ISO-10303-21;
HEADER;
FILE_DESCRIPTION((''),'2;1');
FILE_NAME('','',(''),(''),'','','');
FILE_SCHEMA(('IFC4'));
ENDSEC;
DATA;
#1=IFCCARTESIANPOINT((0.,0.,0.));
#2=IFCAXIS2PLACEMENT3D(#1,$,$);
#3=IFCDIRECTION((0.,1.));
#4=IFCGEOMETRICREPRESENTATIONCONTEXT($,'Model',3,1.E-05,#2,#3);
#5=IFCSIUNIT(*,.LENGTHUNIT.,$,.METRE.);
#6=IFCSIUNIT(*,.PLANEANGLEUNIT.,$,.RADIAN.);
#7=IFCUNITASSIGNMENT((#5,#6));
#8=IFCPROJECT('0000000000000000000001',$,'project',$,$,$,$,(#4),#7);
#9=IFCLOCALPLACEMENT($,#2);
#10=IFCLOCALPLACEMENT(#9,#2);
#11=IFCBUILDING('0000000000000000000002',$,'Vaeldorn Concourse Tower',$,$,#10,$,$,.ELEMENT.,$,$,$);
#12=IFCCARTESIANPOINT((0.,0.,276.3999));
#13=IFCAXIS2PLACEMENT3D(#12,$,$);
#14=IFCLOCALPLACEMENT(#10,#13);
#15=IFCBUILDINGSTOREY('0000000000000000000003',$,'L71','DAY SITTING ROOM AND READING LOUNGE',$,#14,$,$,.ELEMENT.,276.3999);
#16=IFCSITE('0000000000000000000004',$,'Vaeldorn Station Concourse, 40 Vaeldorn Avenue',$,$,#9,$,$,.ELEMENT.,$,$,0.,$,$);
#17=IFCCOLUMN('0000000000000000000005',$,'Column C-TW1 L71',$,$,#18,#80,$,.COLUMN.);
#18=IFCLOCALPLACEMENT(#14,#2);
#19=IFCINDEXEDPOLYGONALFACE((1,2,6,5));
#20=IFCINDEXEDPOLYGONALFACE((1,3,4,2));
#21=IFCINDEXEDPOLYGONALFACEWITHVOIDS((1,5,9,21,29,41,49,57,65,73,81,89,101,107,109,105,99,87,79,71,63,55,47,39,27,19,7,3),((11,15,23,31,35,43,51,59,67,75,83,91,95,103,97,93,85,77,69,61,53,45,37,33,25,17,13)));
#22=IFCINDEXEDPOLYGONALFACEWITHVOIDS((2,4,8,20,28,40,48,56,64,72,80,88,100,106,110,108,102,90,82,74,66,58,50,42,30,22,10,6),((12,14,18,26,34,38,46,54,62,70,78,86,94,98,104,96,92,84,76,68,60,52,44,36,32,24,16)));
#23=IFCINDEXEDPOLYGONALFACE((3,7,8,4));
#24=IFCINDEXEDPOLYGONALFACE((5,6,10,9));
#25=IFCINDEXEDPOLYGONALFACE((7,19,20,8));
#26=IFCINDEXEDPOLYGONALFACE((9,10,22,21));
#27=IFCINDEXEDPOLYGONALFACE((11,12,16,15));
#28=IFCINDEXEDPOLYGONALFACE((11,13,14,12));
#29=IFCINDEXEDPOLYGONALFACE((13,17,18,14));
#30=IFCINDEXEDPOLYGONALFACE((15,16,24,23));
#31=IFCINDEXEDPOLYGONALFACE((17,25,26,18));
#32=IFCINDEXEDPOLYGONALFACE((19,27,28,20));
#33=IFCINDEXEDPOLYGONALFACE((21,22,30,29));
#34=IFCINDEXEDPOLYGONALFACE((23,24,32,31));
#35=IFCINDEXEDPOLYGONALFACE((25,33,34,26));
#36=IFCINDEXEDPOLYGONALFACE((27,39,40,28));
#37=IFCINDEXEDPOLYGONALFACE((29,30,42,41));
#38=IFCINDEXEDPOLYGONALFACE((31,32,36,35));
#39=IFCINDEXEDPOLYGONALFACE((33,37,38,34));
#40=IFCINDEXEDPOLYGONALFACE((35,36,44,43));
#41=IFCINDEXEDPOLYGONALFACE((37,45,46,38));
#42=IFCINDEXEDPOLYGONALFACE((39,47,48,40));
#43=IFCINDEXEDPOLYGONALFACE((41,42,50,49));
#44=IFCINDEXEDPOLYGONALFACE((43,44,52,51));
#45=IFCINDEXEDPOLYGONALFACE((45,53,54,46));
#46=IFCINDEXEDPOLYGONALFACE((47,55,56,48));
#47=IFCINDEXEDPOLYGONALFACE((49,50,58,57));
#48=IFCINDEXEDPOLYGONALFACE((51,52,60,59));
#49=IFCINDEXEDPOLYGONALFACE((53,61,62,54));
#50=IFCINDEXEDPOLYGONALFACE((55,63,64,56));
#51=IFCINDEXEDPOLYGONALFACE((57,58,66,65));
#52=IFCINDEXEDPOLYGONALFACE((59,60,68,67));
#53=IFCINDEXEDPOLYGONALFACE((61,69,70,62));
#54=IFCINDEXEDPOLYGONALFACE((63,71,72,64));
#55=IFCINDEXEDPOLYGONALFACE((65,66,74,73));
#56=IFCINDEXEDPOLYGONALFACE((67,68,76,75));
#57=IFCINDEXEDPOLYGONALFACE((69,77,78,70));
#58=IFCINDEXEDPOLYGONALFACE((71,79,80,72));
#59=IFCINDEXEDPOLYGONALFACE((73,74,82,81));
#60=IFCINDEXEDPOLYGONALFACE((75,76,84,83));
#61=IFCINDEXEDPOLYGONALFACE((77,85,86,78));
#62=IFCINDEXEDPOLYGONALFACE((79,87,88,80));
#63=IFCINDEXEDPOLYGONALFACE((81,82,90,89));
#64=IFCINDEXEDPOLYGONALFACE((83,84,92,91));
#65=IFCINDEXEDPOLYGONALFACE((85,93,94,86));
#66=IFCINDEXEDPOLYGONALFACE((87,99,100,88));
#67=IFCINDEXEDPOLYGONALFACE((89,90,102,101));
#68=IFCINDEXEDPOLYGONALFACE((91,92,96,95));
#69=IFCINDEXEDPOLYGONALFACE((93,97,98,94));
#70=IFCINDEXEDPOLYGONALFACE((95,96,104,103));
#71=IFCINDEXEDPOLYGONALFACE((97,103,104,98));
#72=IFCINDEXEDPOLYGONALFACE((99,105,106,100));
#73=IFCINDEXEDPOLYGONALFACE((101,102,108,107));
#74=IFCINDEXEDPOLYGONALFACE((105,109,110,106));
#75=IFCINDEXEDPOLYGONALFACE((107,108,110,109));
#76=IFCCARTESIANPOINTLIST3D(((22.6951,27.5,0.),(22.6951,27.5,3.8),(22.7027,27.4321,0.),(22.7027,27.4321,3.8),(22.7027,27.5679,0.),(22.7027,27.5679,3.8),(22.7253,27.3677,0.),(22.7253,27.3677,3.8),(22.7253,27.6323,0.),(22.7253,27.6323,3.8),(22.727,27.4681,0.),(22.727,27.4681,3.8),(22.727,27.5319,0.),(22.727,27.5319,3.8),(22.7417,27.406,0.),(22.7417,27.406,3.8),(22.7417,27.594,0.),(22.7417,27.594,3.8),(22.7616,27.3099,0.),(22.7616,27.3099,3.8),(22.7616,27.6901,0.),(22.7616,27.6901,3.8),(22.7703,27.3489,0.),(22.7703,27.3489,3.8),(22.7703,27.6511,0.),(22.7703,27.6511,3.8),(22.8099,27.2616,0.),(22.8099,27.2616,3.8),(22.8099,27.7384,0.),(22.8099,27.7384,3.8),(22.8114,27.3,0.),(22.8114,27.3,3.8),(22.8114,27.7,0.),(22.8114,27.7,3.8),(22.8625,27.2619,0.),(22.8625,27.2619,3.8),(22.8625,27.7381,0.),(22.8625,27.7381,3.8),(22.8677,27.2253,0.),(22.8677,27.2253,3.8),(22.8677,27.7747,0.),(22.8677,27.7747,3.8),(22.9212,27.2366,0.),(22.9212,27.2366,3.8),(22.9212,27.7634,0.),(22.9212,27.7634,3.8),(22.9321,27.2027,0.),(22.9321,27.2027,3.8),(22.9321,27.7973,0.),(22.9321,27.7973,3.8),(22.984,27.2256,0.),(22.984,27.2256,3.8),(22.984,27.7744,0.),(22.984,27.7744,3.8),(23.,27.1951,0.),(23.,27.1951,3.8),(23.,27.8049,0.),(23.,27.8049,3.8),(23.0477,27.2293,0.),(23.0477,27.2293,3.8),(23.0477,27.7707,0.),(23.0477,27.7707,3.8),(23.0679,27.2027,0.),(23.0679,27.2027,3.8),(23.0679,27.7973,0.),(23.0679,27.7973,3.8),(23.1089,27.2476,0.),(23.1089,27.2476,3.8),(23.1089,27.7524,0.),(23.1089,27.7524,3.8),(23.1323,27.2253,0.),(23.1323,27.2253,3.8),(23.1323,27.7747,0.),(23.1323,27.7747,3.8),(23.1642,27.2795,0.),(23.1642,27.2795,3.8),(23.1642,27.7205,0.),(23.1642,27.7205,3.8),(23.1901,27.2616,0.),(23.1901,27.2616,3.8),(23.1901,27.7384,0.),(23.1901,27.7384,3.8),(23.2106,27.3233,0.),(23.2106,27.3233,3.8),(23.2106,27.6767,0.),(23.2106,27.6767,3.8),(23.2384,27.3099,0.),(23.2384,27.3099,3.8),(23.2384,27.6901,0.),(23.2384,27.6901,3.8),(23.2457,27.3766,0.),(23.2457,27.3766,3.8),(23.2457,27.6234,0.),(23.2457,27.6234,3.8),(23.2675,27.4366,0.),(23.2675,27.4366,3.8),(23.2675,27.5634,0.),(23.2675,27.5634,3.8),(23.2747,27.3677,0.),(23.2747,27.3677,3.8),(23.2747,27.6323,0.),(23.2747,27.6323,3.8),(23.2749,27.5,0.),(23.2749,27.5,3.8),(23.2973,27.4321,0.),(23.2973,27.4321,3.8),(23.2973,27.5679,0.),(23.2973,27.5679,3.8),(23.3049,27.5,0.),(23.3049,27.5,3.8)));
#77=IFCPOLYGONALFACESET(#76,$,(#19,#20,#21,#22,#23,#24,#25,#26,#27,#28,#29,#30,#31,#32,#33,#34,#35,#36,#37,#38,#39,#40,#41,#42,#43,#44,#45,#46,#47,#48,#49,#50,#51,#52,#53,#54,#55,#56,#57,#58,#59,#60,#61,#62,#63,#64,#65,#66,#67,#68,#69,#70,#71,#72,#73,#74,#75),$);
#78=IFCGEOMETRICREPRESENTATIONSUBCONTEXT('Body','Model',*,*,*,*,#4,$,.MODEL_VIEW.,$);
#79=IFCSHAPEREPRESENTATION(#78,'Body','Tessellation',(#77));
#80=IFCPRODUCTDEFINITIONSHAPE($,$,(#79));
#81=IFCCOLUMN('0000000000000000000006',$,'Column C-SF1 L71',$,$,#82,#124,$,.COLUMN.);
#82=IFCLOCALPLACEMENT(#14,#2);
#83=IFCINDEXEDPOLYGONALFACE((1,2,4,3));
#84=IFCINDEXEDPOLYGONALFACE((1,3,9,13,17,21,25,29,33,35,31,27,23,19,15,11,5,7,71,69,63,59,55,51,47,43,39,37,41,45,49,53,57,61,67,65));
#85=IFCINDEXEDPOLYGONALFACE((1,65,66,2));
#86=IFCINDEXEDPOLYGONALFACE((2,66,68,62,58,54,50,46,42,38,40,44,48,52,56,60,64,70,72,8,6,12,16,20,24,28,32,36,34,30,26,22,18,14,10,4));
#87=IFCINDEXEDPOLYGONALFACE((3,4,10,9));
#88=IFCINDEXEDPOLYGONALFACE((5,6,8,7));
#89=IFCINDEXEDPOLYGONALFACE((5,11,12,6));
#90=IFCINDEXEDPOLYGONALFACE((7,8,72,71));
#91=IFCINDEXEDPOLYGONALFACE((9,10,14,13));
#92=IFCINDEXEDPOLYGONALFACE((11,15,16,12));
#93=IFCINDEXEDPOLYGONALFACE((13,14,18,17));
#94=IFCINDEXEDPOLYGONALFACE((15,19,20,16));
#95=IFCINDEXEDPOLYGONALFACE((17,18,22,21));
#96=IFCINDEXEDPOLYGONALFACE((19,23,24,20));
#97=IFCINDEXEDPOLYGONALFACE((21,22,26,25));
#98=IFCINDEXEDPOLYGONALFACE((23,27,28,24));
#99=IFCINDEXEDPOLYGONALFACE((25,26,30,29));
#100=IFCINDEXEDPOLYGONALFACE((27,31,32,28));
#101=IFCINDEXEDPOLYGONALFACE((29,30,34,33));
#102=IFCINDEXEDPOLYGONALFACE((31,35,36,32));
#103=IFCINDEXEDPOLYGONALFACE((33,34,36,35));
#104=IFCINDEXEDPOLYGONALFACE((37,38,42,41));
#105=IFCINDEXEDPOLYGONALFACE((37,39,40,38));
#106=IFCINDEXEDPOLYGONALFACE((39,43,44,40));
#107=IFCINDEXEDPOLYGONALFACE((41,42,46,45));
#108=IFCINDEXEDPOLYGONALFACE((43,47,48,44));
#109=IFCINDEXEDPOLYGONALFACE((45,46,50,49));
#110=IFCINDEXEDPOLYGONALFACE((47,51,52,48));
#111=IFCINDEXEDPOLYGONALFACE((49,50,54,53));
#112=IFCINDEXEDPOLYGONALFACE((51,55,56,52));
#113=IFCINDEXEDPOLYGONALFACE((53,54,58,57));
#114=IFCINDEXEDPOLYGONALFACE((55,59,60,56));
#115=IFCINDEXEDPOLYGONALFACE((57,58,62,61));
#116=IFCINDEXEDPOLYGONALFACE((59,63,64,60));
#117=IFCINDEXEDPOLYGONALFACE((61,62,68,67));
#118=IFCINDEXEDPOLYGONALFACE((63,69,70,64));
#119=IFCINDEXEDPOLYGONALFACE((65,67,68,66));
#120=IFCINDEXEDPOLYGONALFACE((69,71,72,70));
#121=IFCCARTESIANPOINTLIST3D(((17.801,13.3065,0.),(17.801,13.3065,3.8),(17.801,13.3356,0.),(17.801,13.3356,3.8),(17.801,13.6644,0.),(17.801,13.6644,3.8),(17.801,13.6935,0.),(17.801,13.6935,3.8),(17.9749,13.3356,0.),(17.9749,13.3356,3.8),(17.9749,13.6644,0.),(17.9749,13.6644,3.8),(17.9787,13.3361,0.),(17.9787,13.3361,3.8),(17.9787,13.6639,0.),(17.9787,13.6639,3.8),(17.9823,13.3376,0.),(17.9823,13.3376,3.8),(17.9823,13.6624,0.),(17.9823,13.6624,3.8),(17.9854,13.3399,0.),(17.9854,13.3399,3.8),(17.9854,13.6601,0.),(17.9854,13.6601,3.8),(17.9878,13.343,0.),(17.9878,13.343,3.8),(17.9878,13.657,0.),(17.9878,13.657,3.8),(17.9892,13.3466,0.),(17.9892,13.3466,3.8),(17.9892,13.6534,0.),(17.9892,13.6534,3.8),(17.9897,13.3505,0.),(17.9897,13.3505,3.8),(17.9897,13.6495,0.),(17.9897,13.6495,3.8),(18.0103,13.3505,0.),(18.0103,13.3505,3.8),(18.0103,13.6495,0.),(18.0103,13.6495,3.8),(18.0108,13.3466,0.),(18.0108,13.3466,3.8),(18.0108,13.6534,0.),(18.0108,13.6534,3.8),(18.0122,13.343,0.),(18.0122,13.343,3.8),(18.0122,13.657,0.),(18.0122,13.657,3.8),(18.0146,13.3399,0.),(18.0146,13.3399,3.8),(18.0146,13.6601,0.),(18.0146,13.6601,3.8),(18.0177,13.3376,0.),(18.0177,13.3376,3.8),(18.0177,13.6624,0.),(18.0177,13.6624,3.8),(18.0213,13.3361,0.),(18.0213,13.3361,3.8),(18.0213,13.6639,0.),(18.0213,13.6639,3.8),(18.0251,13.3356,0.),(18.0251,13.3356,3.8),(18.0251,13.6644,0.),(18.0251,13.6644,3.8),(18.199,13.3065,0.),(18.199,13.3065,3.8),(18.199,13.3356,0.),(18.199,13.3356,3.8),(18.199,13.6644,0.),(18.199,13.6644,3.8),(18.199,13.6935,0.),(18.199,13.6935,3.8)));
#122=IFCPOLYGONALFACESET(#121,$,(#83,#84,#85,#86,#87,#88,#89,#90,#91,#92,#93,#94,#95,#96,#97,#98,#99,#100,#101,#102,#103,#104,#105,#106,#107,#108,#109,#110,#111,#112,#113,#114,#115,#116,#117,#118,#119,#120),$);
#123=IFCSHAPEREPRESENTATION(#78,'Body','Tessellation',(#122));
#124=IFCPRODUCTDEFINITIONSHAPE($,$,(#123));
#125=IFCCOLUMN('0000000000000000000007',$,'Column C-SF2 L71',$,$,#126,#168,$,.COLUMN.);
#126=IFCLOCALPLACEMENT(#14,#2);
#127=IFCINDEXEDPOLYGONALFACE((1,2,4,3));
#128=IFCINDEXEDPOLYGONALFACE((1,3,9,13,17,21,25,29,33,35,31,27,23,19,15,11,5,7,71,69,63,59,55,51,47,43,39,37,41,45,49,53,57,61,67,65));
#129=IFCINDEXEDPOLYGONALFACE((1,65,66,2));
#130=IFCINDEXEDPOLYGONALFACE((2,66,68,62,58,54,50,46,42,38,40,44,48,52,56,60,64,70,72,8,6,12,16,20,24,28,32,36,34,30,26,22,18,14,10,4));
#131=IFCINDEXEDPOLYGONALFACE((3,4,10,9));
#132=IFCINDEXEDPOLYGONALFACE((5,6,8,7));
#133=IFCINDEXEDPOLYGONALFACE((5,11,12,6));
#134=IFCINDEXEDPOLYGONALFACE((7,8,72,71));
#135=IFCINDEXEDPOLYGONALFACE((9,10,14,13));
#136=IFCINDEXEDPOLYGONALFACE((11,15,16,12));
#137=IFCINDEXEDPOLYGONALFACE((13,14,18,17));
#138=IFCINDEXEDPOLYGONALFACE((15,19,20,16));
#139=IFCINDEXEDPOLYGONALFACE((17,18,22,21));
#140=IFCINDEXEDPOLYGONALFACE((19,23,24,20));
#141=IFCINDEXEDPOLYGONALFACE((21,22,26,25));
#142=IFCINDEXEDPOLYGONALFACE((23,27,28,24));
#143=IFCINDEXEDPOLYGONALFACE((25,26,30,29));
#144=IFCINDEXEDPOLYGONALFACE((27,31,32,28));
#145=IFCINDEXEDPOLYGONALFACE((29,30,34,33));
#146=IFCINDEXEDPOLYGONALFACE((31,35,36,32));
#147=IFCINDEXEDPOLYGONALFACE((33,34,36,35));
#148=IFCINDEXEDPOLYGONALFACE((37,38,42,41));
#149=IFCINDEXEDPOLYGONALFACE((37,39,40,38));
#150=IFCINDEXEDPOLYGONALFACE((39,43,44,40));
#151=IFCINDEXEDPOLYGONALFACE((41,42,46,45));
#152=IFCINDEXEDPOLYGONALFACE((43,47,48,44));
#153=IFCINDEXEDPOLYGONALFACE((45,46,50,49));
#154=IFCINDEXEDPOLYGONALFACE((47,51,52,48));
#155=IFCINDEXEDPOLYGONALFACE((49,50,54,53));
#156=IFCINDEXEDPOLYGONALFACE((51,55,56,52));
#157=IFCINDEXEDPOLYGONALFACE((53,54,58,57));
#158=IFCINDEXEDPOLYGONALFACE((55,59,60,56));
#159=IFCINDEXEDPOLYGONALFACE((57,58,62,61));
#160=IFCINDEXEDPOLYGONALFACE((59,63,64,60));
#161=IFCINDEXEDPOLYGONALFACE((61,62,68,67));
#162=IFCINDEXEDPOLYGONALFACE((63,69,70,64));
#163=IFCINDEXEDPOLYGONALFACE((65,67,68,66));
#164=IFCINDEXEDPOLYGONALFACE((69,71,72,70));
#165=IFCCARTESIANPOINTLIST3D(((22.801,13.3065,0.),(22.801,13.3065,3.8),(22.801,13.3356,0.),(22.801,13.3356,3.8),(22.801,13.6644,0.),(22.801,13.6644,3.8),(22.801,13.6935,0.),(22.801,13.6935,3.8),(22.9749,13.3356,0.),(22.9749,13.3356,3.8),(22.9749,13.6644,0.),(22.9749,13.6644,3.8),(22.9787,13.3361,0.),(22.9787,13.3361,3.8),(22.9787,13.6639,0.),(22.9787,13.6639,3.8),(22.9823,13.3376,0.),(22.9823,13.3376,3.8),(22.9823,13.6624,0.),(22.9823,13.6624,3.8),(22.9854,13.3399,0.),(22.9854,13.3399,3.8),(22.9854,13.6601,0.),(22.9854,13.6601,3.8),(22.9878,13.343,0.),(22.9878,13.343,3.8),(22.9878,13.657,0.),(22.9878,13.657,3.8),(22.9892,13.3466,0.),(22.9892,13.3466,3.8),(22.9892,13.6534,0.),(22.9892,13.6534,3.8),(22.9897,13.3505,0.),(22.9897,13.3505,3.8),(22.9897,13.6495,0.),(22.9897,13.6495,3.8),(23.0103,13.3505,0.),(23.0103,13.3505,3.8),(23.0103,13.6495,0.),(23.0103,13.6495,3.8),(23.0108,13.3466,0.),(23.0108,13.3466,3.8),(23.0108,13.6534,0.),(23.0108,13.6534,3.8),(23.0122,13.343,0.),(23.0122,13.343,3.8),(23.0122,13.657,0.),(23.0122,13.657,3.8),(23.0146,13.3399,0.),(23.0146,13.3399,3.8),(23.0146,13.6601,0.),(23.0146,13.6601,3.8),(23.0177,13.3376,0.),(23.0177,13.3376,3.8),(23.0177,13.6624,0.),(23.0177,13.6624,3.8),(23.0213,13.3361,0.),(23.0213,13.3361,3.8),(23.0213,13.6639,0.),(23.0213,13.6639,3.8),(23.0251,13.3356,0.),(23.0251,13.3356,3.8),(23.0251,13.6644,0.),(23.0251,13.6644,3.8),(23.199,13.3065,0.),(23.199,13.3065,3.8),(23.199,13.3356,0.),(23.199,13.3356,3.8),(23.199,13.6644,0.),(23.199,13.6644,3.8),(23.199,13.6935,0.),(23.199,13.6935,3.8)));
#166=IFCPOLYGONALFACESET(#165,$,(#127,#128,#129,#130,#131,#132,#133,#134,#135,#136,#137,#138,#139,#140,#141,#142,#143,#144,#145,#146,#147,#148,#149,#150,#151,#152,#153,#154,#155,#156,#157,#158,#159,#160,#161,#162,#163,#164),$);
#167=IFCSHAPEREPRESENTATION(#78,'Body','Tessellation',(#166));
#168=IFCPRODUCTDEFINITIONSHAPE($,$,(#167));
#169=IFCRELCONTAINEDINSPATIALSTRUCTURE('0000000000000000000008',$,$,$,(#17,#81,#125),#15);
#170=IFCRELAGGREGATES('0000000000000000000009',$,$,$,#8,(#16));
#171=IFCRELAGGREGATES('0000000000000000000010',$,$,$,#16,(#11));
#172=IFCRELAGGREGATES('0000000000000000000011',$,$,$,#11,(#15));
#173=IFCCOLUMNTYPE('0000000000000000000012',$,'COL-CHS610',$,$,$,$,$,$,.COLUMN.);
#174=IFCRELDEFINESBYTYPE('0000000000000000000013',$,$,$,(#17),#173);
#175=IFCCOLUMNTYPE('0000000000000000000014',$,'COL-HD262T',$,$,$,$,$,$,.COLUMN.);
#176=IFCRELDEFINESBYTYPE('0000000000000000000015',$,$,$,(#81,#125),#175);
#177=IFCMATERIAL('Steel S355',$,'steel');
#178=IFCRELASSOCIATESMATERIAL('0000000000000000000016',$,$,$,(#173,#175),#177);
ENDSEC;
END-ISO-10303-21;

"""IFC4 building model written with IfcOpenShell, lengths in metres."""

from ifc_helpers import new_model, si_unit, direction, frame, origin, origin_2d, place, context, subcontext, project, spatial, hollow_circle, i_section, extrude, source, transform, mapped, material, material_profile, profile_set, type_object, element, save


model = new_model("IFC4")

# Units and contexts
model_context = context("Model", 3, precision=1e-05, world=origin(), true_north=direction((0.0, 1.0)))
body_context = subcontext(model_context, "Body", "Model", "MODEL_VIEW")
ifc_project = project(units=[si_unit("LENGTHUNIT", "METRE"), si_unit("PLANEANGLEUNIT", "RADIAN")], contexts=[model_context])

# Site, building, storey
site_placement = place(None, origin())
site = spatial("IfcSite", under=ifc_project, at=site_placement, Name="Vaeldorn Station Concourse, 40 Vaeldorn Avenue", CompositionType="ELEMENT", RefElevation=0.0)
building_placement = place(site_placement, origin())
building = spatial("IfcBuilding", under=site, at=building_placement, Name="Vaeldorn Concourse Tower", CompositionType="ELEMENT")
storey_placement = place(building_placement, frame((0.0, 0.0, 276.3999)))
storey = spatial("IfcBuildingStorey", under=building, at=storey_placement, Name="L71", Description="DAY SITTING ROOM AND READING LOUNGE", CompositionType="ELEMENT", Elevation=276.3999)

# Columns
ifc_material_1 = material(Name="Steel S355", Category="steel")
ifc_material_profile_1 = material_profile(ifc_material_1, hollow_circle(Radius=0.3049, WallThickness=0.03, at=origin_2d()), Name="CHS 610x30")
ifc_profile_set_1 = profile_set([ifc_material_profile_1], Name="Steel S355")
column_type_1 = type_object("IfcColumnType", Name="COL-CHS610", PredefinedType="COLUMN", material=ifc_profile_set_1)
shared_shape_1 = source(origin(), body_context, "Body", "SweptSolid", [
    extrude(hollow_circle(Radius=0.3049, WallThickness=0.03, at=origin_2d()), origin(), (0.0, 0.0, 1.0), 3.8),
])
column_placement = place(storey_placement, frame((23.0, 27.5, 0.0), z_axis=(0.0, 0.0, 1.0), x_axis=(1.0, 0.0, 0.0)))
element("IfcColumn", 1, at=column_placement, inside=storey, type_object=column_type_1, Name="Column C-TW1 L71", PredefinedType="COLUMN", context=body_context, shape_type="MappedRepresentation", body=[
    mapped(shared_shape_1, transform((0.0, 0.0, 0.0), scale=1.0)),
])
ifc_material_profile_2 = material_profile(ifc_material_1, i_section(OverallWidth=0.3979, OverallDepth=0.387, WebThickness=0.0205, FlangeThickness=0.0291, FilletRadius=0.0149, at=origin_2d()), Name="HD 400x262")
ifc_profile_set_2 = profile_set([ifc_material_profile_2], Name="Steel S355")
column_type_2 = type_object("IfcColumnType", Name="COL-HD262T", PredefinedType="COLUMN", material=ifc_profile_set_2)
shared_shape_2 = source(origin(), body_context, "Body", "SweptSolid", [
    extrude(i_section(OverallWidth=0.3979, OverallDepth=0.387, WebThickness=0.0205, FlangeThickness=0.0291, FilletRadius=0.0149, at=origin_2d()), origin(), (0.0, 0.0, 1.0), 3.8),
])
for number, where, z_axis, x_axis, name in (
    (2, (18.0, 13.5, 0.0), (0.0, 0.0, 1.0), (1.0, 0.0, 0.0), "Column C-SF1 L71"),
    (3, (23.0, 13.5, 0.0), (0.0, 0.0, 1.0), (1.0, 0.0, 0.0), "Column C-SF2 L71"),
):
    element("IfcColumn", number, at=place(storey_placement, frame(where, z_axis=z_axis, x_axis=x_axis)), inside=storey, type_object=column_type_2, Name=name, PredefinedType="COLUMN", context=body_context, shape_type="MappedRepresentation", body=[
        mapped(shared_shape_2, transform((0.0, 0.0, 0.0), scale=1.0)),
    ])

save(model, "model.ifc")
